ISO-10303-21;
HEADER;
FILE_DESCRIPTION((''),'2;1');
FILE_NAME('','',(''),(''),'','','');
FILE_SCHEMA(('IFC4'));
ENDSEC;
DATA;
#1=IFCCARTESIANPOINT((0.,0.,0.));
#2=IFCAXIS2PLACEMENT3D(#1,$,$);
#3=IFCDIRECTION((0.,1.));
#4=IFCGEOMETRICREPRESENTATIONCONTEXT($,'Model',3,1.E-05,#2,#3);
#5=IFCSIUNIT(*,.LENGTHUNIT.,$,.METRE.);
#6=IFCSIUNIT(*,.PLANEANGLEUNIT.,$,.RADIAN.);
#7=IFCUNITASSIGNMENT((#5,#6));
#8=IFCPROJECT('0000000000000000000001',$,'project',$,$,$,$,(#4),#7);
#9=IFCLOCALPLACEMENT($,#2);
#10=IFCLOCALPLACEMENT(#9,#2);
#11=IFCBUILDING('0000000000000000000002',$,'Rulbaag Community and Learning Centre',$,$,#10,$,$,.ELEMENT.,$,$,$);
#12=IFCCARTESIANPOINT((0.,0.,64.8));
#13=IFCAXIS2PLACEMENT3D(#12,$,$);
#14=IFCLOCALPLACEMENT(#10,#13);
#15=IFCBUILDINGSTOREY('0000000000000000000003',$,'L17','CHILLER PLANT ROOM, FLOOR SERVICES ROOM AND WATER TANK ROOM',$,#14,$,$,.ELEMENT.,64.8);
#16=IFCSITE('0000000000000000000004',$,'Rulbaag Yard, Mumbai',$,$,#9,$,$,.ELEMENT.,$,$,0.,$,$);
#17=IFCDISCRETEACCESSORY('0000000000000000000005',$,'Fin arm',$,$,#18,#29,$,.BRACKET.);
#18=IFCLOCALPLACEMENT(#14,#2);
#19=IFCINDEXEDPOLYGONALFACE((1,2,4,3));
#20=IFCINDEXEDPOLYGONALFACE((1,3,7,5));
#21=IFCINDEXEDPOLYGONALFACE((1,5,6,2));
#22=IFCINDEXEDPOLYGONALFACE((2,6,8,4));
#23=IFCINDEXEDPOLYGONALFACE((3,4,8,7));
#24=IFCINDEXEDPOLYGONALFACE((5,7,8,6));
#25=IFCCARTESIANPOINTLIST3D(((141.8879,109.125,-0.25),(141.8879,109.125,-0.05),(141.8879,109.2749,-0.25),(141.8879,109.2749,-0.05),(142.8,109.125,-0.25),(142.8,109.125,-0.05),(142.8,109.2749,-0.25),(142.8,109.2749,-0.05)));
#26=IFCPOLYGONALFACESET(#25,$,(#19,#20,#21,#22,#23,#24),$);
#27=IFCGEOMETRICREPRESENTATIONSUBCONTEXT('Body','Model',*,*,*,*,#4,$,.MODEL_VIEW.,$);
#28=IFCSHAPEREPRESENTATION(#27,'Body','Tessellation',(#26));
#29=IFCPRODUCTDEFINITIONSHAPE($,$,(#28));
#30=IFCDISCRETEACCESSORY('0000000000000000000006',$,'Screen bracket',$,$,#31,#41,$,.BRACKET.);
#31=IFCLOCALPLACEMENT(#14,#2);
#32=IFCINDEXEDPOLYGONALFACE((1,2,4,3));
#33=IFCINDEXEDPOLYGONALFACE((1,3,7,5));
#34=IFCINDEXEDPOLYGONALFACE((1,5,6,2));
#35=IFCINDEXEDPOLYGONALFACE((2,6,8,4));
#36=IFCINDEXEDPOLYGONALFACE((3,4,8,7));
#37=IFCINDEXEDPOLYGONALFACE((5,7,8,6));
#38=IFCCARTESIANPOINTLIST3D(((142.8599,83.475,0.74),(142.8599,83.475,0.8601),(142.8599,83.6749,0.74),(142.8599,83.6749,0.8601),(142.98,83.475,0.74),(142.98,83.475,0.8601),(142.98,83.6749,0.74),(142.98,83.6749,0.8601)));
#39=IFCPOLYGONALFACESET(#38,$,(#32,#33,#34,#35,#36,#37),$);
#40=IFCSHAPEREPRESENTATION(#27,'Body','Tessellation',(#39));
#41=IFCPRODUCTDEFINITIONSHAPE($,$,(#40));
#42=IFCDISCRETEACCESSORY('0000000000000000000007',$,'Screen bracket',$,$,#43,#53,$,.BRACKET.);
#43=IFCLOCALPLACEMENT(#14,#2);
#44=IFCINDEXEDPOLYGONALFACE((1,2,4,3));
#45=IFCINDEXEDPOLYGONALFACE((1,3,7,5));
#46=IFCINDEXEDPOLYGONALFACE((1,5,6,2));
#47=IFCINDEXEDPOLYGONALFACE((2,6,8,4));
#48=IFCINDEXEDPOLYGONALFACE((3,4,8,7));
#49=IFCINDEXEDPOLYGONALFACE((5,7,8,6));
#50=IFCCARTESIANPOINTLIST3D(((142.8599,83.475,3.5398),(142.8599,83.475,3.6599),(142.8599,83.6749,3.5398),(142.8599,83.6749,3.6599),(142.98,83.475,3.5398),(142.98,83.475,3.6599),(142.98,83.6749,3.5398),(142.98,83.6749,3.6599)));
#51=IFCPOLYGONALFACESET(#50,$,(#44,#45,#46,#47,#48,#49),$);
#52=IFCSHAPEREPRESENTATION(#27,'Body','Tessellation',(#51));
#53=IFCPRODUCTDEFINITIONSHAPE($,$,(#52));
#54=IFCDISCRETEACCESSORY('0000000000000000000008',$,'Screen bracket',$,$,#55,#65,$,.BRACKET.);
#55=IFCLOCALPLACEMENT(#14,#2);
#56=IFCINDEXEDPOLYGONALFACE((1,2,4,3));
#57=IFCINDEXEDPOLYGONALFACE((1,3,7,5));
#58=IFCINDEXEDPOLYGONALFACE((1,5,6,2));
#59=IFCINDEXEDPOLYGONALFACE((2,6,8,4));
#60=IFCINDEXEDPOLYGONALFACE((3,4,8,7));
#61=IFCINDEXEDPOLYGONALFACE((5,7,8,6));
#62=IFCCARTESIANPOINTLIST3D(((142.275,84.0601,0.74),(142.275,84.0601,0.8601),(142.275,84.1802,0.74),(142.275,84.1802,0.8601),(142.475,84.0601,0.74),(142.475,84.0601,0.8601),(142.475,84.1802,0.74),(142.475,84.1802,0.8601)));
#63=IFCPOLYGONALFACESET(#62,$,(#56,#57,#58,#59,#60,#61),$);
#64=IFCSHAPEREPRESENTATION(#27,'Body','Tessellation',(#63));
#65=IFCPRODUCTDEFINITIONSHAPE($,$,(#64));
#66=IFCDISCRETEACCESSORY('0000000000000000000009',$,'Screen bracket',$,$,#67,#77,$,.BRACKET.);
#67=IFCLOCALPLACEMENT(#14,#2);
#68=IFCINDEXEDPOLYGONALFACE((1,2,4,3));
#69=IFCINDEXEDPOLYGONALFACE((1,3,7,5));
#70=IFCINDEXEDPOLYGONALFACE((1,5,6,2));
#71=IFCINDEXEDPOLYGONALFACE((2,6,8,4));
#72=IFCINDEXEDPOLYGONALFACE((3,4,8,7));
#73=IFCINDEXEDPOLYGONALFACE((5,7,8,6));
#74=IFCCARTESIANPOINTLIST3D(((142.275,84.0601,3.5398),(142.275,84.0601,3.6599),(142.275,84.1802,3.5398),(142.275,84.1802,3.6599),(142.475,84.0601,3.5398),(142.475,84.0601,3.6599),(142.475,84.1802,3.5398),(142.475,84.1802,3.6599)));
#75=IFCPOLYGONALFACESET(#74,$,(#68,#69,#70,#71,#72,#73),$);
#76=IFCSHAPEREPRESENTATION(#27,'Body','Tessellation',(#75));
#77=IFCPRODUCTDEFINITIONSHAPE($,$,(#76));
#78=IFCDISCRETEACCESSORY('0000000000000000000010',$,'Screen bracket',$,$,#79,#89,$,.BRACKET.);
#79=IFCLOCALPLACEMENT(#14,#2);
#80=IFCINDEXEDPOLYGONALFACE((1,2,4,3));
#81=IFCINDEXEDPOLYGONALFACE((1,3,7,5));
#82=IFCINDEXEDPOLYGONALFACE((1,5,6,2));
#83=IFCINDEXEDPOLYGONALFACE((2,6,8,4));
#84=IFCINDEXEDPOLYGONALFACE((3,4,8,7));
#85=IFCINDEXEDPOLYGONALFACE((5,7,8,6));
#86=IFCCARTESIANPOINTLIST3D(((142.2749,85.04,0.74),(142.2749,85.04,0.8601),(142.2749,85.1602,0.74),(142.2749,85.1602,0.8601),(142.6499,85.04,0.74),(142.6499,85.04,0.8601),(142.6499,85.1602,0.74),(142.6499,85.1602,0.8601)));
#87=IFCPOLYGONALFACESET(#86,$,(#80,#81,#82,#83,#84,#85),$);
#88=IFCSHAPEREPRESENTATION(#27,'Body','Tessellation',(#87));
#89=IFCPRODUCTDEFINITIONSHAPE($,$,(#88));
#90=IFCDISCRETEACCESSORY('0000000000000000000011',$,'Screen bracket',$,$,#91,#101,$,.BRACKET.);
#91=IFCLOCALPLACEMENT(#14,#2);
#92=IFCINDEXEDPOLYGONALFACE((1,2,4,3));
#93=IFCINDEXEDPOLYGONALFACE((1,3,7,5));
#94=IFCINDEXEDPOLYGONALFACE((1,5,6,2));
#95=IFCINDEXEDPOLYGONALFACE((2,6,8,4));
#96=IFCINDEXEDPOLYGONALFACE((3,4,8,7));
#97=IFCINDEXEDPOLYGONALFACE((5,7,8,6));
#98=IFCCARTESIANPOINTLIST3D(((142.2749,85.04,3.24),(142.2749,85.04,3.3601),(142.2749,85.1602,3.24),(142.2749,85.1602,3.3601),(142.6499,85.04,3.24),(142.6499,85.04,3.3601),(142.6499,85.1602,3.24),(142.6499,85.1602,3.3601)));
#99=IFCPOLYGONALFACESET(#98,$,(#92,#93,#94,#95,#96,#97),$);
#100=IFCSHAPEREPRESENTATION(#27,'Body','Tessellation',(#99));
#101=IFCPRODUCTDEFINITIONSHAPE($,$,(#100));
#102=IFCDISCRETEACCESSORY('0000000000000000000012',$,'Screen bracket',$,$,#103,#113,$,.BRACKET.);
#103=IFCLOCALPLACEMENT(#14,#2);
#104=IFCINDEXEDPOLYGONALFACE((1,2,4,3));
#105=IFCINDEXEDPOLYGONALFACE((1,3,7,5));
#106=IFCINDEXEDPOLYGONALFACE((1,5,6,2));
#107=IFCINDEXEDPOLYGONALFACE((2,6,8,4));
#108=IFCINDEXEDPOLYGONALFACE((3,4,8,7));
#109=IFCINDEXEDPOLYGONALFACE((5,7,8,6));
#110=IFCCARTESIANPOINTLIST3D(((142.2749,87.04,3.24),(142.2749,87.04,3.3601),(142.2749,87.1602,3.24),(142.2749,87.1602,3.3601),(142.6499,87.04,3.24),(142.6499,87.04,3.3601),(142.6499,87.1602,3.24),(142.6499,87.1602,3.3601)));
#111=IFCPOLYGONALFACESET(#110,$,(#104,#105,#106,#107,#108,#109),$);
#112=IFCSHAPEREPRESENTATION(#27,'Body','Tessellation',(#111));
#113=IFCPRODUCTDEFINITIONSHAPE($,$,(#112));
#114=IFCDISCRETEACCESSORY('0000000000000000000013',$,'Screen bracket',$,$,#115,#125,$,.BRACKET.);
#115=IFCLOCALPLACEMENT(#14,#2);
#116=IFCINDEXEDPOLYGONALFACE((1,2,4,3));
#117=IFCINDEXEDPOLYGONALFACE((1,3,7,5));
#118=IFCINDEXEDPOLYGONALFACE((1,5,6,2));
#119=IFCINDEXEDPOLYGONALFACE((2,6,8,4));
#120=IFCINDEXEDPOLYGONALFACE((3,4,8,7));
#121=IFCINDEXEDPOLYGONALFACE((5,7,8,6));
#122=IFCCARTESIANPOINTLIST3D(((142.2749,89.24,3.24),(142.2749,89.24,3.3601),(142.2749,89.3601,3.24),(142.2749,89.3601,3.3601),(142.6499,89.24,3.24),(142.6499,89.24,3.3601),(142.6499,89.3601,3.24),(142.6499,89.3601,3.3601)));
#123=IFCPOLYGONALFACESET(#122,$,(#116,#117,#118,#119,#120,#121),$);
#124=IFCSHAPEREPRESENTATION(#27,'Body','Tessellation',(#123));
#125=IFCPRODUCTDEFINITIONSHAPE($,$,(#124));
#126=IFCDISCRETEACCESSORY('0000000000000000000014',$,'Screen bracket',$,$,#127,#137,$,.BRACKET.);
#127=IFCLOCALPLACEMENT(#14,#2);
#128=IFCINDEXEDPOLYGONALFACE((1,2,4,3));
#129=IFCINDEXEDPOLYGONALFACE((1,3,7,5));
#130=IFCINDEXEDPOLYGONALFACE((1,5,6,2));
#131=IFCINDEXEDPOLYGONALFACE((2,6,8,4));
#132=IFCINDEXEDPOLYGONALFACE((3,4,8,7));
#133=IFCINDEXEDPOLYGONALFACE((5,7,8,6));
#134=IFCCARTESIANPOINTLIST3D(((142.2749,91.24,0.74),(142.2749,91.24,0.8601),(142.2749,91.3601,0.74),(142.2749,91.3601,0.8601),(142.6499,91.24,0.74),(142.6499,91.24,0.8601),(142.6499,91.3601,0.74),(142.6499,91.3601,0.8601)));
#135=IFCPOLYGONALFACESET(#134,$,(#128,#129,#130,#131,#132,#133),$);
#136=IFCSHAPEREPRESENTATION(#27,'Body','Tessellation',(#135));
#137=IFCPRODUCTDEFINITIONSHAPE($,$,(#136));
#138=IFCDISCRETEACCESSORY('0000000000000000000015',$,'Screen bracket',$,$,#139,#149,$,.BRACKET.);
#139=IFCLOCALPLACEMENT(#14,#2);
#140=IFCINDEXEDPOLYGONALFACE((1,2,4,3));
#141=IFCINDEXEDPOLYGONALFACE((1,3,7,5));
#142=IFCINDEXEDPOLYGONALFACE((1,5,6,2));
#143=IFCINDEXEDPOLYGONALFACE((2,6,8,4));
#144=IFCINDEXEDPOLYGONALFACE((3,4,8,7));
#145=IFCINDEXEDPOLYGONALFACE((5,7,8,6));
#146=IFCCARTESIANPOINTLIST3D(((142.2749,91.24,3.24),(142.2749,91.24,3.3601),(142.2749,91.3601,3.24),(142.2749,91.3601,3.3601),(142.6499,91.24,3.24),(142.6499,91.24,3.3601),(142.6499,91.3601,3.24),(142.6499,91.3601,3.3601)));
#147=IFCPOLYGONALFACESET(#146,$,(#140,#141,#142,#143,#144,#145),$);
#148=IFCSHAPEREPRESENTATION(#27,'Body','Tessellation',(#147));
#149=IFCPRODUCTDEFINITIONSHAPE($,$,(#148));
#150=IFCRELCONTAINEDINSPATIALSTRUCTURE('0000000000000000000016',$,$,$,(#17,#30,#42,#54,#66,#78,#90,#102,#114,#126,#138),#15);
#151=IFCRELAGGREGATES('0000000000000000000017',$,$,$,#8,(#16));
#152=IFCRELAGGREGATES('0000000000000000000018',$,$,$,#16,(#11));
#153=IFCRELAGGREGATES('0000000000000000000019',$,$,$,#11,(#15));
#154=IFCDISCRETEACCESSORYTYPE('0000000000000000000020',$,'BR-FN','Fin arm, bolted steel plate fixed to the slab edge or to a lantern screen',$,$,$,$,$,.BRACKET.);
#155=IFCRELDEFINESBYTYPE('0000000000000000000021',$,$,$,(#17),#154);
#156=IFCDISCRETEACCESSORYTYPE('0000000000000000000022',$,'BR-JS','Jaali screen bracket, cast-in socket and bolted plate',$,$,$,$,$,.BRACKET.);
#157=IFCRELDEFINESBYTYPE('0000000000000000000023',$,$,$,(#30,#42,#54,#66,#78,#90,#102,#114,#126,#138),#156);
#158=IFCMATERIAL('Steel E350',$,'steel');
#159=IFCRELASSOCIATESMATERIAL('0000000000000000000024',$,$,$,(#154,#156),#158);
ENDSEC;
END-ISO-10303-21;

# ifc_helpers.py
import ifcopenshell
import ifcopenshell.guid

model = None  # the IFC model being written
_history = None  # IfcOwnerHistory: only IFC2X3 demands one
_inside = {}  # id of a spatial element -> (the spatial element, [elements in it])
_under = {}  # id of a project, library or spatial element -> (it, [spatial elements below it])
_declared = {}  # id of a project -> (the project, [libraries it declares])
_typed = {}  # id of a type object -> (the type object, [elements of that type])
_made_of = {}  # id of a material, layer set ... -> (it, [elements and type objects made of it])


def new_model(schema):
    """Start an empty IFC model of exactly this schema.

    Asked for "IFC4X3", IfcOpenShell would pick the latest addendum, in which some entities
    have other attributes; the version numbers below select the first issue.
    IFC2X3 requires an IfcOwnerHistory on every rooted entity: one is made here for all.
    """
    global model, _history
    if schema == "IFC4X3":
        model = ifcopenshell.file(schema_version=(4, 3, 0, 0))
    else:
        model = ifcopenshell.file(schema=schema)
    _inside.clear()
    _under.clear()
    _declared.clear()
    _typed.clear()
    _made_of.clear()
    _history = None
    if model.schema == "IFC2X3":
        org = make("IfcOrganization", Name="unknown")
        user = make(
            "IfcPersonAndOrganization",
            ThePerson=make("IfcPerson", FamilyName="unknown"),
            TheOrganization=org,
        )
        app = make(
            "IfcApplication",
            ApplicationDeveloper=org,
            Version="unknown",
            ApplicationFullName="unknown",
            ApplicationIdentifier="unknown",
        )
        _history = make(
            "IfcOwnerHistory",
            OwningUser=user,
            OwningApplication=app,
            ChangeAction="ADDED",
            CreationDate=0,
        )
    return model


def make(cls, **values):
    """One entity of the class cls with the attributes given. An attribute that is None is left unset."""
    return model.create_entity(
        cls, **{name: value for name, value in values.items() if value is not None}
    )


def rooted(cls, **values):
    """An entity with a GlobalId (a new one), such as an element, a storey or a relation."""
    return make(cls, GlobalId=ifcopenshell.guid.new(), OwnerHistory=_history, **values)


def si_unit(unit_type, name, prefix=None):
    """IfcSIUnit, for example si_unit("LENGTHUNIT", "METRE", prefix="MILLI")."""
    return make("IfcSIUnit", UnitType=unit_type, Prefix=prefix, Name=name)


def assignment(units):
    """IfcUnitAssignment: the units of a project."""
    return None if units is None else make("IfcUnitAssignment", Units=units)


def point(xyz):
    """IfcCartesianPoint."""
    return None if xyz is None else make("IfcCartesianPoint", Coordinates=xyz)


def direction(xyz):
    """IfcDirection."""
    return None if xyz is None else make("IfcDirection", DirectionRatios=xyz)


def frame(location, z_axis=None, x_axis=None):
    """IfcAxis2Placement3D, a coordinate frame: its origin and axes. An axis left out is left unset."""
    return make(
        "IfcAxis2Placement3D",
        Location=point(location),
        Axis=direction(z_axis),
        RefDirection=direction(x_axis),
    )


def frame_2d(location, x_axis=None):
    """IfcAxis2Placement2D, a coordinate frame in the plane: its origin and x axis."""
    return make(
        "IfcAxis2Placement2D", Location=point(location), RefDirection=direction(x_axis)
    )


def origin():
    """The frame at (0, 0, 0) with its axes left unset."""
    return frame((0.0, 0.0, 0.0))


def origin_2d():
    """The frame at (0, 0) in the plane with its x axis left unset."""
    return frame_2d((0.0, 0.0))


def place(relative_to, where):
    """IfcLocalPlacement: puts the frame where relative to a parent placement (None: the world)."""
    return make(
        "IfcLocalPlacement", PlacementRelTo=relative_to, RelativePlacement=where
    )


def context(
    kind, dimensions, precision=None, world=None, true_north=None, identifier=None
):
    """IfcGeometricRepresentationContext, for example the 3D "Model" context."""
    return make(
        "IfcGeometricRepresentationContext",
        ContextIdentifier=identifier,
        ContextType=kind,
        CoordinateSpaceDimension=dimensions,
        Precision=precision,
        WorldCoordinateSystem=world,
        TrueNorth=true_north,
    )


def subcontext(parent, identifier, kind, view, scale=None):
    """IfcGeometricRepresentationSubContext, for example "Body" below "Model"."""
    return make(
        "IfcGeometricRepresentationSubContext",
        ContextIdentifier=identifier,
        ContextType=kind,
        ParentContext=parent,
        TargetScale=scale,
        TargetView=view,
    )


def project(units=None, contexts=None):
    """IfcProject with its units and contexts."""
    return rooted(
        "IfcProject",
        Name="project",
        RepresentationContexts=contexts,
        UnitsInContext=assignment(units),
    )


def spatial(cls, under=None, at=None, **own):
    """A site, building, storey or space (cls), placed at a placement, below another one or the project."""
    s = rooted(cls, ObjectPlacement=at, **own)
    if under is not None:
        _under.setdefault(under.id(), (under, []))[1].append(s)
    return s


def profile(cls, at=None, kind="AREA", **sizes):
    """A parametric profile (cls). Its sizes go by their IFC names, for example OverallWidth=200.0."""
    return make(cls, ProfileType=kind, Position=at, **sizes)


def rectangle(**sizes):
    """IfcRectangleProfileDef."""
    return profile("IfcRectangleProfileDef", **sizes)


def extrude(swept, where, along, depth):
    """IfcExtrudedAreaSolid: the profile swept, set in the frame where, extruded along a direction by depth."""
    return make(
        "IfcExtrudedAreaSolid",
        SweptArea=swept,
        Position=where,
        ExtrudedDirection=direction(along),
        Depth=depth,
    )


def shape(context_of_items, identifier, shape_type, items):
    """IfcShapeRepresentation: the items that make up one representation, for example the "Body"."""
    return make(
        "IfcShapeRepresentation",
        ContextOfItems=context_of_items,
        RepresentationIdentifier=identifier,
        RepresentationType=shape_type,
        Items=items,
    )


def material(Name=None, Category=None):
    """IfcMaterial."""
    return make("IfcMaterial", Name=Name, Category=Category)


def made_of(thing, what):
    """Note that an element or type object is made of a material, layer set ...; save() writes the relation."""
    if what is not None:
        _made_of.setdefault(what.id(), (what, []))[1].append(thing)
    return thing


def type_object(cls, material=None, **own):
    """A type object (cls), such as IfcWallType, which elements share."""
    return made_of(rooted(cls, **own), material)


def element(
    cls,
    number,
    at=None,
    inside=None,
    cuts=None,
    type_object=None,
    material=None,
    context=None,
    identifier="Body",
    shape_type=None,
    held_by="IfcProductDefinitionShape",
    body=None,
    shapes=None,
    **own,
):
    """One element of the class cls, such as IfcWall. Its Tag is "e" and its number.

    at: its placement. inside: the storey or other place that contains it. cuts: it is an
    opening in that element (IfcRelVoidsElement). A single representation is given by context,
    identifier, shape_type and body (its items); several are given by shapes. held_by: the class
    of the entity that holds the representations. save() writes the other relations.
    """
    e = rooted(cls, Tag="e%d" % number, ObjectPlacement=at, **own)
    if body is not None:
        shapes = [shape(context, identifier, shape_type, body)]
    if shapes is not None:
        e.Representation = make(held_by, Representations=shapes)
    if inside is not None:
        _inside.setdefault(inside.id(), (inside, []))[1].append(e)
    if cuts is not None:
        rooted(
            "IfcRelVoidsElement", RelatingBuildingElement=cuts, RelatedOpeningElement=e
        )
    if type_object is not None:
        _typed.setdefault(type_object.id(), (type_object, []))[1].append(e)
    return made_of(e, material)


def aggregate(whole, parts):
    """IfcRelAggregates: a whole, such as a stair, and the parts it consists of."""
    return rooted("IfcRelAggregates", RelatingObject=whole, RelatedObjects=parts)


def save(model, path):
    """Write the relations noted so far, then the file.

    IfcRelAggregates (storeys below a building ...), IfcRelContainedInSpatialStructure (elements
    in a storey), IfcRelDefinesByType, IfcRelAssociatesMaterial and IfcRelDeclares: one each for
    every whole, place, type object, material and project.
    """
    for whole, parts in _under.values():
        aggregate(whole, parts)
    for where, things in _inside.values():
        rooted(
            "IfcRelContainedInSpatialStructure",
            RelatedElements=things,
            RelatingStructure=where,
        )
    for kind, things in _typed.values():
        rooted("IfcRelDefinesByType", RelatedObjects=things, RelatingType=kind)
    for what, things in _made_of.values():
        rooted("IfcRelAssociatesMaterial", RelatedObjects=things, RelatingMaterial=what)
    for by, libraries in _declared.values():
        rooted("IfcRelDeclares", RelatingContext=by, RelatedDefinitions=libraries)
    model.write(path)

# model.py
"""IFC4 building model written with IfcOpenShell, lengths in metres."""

from ifc_helpers import new_model, si_unit, direction, frame, origin, origin_2d, place, context, subcontext, project, spatial, rectangle, extrude, material, type_object, element, save


model = new_model("IFC4")

# Units and contexts
model_context = context("Model", 3, precision=1e-05, world=origin(), true_north=direction((0.0, 1.0)))
body_context = subcontext(model_context, "Body", "Model", "MODEL_VIEW")
ifc_project = project(units=[si_unit("LENGTHUNIT", "METRE"), si_unit("PLANEANGLEUNIT", "RADIAN")], contexts=[model_context])

# Site, building, storey
site_placement = place(None, origin())
site = spatial("IfcSite", under=ifc_project, at=site_placement, Name="Rulbaag Yard, Mumbai", CompositionType="ELEMENT", RefElevation=0.0)
building_placement = place(site_placement, origin())
building = spatial("IfcBuilding", under=site, at=building_placement, Name="Rulbaag Community and Learning Centre", CompositionType="ELEMENT")
storey_placement = place(building_placement, frame((0.0, 0.0, 64.8)))
storey = spatial("IfcBuildingStorey", under=building, at=storey_placement, Name="L17", Description="CHILLER PLANT ROOM, FLOOR SERVICES ROOM AND WATER TANK ROOM", CompositionType="ELEMENT", Elevation=64.8)

# Discrete accessories
ifc_material_1 = material(Name="Steel E350", Category="steel")
discrete_accessory_type_1 = type_object("IfcDiscreteAccessoryType", Name="BR-FN", Description="Fin arm, bolted steel plate fixed to the slab edge or to a lantern screen", PredefinedType="BRACKET", material=ifc_material_1)
for number, where, z_axis, x_axis, name in (
    (1, (142.344, 109.2, -0.25), (0.0, 0.0, 1.0), (1.0, 0.0, 0.0), "Fin arm"),
):
    element("IfcDiscreteAccessory", number, at=place(storey_placement, frame(where, z_axis=z_axis, x_axis=x_axis)), inside=storey, type_object=discrete_accessory_type_1, Name=name, PredefinedType="BRACKET", context=body_context, shape_type="SweptSolid", body=[
        extrude(rectangle(XDim=0.9121, YDim=0.1499, at=origin_2d()), origin(), (0.0, 0.0, 1.0), 0.2),
    ])
discrete_accessory_type_2 = type_object("IfcDiscreteAccessoryType", Name="BR-JS", Description="Jaali screen bracket, cast-in socket and bolted plate", PredefinedType="BRACKET", material=ifc_material_1)
for number, where, z_axis, x_axis, name in (
    (2, (142.9199, 83.575, 0.74), (0.0, 0.0, 1.0), (1.0, 0.0, 0.0), "Screen bracket"),
    (3, (142.9199, 83.575, 3.5398), (0.0, 0.0, 1.0), (1.0, 0.0, 0.0), "Screen bracket"),
):
    element("IfcDiscreteAccessory", number, at=place(storey_placement, frame(where, z_axis=z_axis, x_axis=x_axis)), inside=storey, type_object=discrete_accessory_type_2, Name=name, PredefinedType="BRACKET", context=body_context, shape_type="SweptSolid", body=[
        extrude(rectangle(XDim=0.1201, YDim=0.2, at=origin_2d()), origin(), (0.0, 0.0, 1.0), 0.1201),
    ])
for number, where, z_axis, x_axis, name in (
    (4, (142.375, 84.1201, 0.74), (0.0, 0.0, 1.0), (1.0, 0.0, 0.0), "Screen bracket"),
    (5, (142.375, 84.1201, 3.5398), (0.0, 0.0, 1.0), (1.0, 0.0, 0.0), "Screen bracket"),
):
    element("IfcDiscreteAccessory", number, at=place(storey_placement, frame(where, z_axis=z_axis, x_axis=x_axis)), inside=storey, type_object=discrete_accessory_type_2, Name=name, PredefinedType="BRACKET", context=body_context, shape_type="SweptSolid", body=[
        extrude(rectangle(XDim=0.2, YDim=0.1201, at=origin_2d()), origin(), (0.0, 0.0, 1.0), 0.1201),
    ])
for number, where, z_axis, x_axis, name in (
    (6, (142.4624, 85.1001, 0.74), (0.0, 0.0, 1.0), (1.0, 0.0, 0.0), "Screen bracket"),
    (7, (142.4624, 85.1001, 3.24), (0.0, 0.0, 1.0), (1.0, 0.0, 0.0), "Screen bracket"),
    (8, (142.4624, 87.1001, 3.24), (0.0, 0.0, 1.0), (1.0, 0.0, 0.0), "Screen bracket"),
    (9, (142.4624, 89.3, 3.24), (0.0, 0.0, 1.0), (1.0, 0.0, 0.0), "Screen bracket"),
    (10, (142.4624, 91.3, 0.74), (0.0, 0.0, 1.0), (1.0, 0.0, 0.0), "Screen bracket"),
    (11, (142.4624, 91.3, 3.24), (0.0, 0.0, 1.0), (1.0, 0.0, 0.0), "Screen bracket"),
):
    element("IfcDiscreteAccessory", number, at=place(storey_placement, frame(where, z_axis=z_axis, x_axis=x_axis)), inside=storey, type_object=discrete_accessory_type_2, Name=name, PredefinedType="BRACKET", context=body_context, shape_type="SweptSolid", body=[
        extrude(rectangle(XDim=0.375, YDim=0.1201, at=origin_2d()), origin(), (0.0, 0.0, 1.0), 0.1201),
    ])

save(model, "model.ifc")
